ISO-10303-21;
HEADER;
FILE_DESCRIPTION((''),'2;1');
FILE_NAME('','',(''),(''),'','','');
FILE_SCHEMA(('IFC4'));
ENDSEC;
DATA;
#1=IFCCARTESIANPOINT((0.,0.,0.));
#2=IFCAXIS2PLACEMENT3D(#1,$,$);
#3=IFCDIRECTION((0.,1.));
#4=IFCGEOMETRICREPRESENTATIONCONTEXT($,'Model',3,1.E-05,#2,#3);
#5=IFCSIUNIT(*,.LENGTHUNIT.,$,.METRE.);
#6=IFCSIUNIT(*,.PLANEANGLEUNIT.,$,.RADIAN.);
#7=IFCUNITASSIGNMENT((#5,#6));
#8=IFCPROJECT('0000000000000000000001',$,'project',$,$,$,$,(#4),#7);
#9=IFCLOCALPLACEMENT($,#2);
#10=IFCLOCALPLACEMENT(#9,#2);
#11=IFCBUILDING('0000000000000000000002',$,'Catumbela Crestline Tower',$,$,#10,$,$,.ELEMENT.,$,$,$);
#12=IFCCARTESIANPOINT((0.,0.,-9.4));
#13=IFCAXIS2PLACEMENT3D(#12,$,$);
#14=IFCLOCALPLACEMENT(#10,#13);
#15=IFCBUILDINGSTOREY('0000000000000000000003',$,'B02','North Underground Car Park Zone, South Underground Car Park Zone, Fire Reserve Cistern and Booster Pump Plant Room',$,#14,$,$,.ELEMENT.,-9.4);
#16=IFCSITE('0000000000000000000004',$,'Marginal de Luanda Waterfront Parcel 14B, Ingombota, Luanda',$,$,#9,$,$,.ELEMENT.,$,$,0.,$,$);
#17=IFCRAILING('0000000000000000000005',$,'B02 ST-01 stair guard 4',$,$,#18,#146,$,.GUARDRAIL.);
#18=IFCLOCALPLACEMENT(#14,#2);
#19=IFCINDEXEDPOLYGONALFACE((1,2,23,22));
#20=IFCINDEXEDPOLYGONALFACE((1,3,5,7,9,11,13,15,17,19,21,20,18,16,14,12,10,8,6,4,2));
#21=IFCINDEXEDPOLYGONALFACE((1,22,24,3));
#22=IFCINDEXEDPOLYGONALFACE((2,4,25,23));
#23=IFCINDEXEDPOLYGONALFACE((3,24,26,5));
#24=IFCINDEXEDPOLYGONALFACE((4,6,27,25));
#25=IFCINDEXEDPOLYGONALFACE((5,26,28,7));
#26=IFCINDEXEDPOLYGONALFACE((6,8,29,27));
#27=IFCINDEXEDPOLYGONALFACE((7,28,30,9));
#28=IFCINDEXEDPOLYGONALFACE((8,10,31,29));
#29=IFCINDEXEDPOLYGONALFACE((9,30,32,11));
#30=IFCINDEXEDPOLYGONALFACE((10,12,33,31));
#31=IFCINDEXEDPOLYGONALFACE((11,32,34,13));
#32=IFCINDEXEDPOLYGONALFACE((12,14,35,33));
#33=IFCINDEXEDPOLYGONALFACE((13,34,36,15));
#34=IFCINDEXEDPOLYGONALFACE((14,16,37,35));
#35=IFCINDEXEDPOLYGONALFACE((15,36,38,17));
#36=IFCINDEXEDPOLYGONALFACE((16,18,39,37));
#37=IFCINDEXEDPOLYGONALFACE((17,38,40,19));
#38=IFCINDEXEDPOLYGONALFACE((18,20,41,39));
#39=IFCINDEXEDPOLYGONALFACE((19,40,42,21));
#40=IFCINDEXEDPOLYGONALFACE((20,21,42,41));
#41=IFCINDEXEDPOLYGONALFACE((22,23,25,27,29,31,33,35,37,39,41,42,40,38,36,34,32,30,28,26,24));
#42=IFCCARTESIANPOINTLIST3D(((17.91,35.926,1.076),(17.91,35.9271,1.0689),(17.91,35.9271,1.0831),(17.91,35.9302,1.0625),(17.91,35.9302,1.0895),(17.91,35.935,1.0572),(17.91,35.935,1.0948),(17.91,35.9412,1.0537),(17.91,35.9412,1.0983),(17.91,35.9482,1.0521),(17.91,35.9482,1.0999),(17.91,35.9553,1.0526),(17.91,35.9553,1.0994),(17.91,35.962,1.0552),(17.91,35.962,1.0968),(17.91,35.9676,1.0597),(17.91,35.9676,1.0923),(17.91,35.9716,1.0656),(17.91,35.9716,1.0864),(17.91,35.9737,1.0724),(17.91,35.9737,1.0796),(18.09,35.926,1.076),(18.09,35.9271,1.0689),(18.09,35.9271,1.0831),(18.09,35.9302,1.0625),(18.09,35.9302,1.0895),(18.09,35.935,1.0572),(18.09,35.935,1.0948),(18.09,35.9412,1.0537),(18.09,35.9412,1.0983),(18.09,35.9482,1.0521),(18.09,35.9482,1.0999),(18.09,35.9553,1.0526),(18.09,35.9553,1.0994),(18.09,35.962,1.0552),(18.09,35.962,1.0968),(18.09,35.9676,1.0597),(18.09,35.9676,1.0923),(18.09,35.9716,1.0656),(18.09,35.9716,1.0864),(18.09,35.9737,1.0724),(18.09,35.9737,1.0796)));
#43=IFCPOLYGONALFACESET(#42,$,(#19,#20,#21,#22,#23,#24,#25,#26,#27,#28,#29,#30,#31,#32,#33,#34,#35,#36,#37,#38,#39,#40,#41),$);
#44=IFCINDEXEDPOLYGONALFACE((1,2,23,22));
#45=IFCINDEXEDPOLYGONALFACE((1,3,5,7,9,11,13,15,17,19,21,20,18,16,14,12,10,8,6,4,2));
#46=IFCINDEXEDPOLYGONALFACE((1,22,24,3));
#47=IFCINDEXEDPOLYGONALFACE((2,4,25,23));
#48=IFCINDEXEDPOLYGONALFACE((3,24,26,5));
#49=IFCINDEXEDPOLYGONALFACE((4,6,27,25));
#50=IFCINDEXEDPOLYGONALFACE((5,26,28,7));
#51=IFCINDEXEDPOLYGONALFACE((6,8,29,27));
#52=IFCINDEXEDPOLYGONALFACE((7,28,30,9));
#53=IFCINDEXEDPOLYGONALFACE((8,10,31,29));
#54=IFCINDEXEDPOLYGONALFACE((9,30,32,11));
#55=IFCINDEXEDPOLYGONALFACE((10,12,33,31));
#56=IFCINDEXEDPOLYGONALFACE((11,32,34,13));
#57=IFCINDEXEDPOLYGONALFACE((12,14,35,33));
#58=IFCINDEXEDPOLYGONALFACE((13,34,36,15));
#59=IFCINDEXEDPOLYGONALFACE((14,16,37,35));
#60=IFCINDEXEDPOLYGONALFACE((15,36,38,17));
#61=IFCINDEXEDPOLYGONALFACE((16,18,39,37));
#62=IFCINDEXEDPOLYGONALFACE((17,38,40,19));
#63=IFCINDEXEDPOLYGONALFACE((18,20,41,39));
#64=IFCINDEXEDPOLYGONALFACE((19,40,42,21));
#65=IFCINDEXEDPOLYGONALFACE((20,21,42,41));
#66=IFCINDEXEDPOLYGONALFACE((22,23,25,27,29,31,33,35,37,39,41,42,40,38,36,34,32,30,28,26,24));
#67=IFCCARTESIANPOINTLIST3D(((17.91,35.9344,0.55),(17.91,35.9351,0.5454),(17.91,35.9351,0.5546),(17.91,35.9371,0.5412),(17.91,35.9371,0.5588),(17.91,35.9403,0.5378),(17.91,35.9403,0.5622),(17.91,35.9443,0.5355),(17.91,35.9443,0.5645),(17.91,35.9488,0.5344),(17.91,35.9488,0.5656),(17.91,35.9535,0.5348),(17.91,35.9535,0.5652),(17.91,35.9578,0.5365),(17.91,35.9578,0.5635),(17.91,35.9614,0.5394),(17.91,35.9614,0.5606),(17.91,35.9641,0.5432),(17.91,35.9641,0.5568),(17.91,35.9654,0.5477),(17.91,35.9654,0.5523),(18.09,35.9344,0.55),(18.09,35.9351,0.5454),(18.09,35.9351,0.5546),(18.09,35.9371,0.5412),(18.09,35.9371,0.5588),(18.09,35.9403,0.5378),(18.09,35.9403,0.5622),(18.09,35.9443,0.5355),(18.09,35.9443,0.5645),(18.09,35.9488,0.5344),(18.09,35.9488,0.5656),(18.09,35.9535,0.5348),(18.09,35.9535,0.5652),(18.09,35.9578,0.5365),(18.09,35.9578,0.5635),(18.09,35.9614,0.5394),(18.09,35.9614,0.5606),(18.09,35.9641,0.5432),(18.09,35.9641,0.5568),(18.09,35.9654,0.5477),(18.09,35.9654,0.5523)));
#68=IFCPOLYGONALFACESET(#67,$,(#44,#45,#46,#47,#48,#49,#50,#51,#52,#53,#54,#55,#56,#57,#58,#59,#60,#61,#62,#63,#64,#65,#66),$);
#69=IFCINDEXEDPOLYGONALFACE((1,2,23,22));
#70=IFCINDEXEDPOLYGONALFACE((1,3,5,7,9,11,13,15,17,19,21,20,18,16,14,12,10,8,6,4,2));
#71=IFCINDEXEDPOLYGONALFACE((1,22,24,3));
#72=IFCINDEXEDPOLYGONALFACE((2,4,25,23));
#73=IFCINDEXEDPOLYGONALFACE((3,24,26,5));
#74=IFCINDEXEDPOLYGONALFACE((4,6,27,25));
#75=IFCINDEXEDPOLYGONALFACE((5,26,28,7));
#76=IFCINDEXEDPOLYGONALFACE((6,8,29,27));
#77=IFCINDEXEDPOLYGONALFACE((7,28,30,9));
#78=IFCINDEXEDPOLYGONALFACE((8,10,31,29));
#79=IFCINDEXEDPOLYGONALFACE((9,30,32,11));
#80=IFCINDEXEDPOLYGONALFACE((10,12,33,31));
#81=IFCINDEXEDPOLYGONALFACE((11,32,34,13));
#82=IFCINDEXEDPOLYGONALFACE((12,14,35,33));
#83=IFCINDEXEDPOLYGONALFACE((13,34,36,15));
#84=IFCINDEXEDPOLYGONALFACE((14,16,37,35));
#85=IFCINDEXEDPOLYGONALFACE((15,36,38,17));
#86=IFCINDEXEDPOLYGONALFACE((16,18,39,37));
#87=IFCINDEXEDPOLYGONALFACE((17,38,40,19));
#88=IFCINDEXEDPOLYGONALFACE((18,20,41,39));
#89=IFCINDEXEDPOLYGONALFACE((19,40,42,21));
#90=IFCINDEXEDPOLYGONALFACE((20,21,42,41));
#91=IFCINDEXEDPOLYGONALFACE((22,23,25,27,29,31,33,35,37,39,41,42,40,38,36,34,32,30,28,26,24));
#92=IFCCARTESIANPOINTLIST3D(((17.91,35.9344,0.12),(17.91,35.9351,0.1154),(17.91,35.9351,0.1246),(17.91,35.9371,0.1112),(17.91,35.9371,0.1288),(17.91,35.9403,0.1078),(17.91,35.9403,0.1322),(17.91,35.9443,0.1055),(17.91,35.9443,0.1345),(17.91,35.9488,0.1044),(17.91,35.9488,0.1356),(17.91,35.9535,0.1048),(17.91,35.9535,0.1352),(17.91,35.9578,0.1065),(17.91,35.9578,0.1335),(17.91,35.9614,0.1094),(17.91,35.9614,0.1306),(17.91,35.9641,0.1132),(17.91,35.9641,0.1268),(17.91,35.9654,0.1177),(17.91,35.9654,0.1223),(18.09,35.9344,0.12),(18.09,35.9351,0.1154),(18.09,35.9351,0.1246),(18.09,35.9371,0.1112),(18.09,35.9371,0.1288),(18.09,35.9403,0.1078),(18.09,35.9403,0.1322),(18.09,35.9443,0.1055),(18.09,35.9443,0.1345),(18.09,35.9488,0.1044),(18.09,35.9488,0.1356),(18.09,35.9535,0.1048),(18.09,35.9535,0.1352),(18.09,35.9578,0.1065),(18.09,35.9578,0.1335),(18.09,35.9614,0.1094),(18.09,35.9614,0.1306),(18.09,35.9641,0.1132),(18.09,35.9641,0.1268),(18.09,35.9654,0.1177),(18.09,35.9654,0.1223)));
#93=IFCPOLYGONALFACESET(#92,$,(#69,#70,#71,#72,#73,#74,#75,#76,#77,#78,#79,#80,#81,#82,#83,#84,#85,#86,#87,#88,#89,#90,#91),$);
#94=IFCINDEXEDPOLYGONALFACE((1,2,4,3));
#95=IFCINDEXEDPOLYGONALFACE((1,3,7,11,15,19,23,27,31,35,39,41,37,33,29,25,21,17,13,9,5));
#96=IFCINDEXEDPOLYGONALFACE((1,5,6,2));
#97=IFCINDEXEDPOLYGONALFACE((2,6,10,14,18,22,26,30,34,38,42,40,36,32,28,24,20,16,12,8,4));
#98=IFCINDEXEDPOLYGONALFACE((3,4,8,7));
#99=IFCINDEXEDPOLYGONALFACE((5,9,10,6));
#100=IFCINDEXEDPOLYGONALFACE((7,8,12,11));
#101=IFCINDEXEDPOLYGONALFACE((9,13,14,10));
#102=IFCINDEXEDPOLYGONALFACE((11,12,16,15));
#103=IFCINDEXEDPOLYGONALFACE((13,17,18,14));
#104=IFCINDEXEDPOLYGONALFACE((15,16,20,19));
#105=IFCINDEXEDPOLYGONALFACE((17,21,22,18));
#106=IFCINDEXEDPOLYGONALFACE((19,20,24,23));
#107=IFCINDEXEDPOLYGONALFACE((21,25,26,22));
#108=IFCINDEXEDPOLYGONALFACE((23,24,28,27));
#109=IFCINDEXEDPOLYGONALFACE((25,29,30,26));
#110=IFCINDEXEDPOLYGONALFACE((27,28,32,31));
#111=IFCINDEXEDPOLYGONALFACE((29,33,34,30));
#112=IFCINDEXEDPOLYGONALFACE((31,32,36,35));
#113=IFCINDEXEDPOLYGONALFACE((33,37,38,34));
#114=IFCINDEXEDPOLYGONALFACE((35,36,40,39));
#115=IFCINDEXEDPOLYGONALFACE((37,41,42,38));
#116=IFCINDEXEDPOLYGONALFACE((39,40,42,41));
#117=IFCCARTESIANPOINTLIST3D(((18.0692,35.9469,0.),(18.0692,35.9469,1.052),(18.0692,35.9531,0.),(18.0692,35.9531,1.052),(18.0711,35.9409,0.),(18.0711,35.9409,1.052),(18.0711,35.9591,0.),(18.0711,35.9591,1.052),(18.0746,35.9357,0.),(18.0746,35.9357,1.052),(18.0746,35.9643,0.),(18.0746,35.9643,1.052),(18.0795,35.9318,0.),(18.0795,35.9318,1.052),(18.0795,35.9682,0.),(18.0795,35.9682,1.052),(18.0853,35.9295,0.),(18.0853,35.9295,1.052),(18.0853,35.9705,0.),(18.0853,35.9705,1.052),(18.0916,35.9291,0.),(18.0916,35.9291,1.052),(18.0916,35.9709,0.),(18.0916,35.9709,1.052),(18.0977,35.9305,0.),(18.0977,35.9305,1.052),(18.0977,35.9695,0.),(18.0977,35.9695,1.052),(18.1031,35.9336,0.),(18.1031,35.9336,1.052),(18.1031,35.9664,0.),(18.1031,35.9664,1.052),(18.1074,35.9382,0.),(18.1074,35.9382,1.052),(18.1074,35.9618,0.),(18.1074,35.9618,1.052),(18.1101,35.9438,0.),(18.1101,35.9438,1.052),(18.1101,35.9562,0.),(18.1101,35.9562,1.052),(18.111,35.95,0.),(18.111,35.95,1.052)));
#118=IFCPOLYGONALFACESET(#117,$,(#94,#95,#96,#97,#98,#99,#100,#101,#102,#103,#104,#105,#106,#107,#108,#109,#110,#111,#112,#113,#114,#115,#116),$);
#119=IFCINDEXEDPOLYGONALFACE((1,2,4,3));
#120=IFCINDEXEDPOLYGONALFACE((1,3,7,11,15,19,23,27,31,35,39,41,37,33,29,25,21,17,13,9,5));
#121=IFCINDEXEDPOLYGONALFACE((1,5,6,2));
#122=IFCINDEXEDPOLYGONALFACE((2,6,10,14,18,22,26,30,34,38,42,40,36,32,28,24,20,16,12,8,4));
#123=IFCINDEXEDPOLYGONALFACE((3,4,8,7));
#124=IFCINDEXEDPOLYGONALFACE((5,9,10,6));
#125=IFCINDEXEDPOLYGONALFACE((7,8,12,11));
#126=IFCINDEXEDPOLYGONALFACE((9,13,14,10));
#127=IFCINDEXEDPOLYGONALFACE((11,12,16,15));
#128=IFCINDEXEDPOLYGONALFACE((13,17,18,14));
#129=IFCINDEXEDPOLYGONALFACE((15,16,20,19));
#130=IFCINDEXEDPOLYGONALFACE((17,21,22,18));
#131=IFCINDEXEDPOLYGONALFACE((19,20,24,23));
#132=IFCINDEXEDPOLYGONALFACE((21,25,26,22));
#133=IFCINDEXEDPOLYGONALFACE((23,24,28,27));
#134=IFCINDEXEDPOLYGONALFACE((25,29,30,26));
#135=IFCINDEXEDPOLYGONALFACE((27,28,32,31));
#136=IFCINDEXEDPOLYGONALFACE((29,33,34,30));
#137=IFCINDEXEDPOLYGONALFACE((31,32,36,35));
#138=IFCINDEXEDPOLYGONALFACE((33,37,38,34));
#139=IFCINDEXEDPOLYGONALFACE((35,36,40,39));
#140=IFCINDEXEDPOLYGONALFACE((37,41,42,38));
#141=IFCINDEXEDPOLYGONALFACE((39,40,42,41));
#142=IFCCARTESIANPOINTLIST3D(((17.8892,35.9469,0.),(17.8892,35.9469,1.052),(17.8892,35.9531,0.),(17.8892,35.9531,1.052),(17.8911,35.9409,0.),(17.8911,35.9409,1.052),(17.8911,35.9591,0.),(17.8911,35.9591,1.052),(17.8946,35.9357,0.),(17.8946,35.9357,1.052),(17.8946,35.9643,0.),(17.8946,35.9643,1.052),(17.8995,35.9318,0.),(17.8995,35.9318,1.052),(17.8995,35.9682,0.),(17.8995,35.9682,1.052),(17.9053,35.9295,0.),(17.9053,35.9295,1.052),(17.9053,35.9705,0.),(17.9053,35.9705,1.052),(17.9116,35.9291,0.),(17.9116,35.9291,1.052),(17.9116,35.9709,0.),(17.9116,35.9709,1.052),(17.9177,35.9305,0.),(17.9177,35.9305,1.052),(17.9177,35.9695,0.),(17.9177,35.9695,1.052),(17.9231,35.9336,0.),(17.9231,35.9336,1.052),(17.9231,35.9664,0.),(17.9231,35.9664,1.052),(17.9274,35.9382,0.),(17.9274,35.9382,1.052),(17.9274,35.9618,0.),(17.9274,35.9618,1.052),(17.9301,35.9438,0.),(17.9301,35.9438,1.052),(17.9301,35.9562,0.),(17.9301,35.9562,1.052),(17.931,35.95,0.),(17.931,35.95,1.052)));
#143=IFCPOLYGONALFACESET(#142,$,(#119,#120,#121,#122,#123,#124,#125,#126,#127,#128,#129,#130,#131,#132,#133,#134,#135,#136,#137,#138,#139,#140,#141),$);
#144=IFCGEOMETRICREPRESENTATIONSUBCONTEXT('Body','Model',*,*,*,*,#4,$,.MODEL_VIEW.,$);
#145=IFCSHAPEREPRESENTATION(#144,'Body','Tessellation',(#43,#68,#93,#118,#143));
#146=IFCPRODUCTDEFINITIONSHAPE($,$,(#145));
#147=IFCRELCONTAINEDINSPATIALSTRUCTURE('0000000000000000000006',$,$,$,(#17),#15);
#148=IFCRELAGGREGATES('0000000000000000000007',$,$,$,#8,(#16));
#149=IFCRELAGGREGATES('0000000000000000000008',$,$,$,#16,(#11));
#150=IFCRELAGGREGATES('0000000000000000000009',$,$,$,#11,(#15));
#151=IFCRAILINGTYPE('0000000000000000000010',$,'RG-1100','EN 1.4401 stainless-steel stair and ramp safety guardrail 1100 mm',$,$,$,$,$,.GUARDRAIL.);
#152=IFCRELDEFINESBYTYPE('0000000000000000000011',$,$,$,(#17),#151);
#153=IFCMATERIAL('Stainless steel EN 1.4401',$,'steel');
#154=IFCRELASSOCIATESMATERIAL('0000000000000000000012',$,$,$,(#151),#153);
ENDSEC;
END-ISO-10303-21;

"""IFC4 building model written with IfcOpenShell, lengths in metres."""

from ifc_helpers import new_model, si_unit, direction, frame, origin, origin_2d, place, context, subcontext, project, spatial, circle, extrude, material, type_object, element, save


model = new_model("IFC4")

# Units and contexts
model_context = context("Model", 3, precision=1e-05, world=origin(), true_north=direction((0.0, 1.0)))
body_context = subcontext(model_context, "Body", "Model", "MODEL_VIEW")
ifc_project = project(units=[si_unit("LENGTHUNIT", "METRE"), si_unit("PLANEANGLEUNIT", "RADIAN")], contexts=[model_context])

# Site, building, storey
site_placement = place(None, origin())
site = spatial("IfcSite", under=ifc_project, at=site_placement, Name="Marginal de Luanda Waterfront Parcel 14B, Ingombota, Luanda", CompositionType="ELEMENT", RefElevation=0.0)
building_placement = place(site_placement, origin())
building = spatial("IfcBuilding", under=site, at=building_placement, Name="Catumbela Crestline Tower", CompositionType="ELEMENT")
storey_placement = place(building_placement, frame((0.0, 0.0, -9.4)))
storey = spatial("IfcBuildingStorey", under=building, at=storey_placement, Name="B02", Description="North Underground Car Park Zone, South Underground Car Park Zone, Fire Reserve Cistern and Booster Pump Plant Room", CompositionType="ELEMENT", Elevation=-9.4)

# Shared definitions
ifc_material_1 = material(Name="Stainless steel EN 1.4401", Category="steel")

# Railing
railing_type = type_object("IfcRailingType", Name="RG-1100", Description="EN 1.4401 stainless-steel stair and ramp safety guardrail 1100 mm", PredefinedType="GUARDRAIL", material=ifc_material_1)
railing_1_placement = place(storey_placement, frame((18.09, 35.95, 0.0)))
element("IfcRailing", 1, at=railing_1_placement, inside=storey, type_object=railing_type, Name="B02 ST-01 stair guard 4", PredefinedType="GUARDRAIL", context=body_context, shape_type="SweptSolid", body=[
    extrude(circle(Radius=0.024, at=origin_2d()), frame((0.0, 0.0, 1.076), z_axis=(-1.0, 0.0, 0.0), x_axis=(0.0, -1.0, 0.0)), (0.0, 0.0, 1.0), 0.18),
    extrude(circle(Radius=0.0156, at=origin_2d()), frame((0.0, 0.0, 0.55), z_axis=(-1.0, 0.0, 0.0), x_axis=(0.0, -1.0, 0.0)), (0.0, 0.0, 1.0), 0.18),
    extrude(circle(Radius=0.0156, at=origin_2d()), frame((0.0, 0.0, 0.12), z_axis=(-1.0, 0.0, 0.0), x_axis=(0.0, -1.0, 0.0)), (0.0, 0.0, 1.0), 0.18),
    extrude(circle(Radius=0.021, at=origin_2d()), origin(), (0.0, 0.0, 1.0), 1.052),
    extrude(circle(Radius=0.021, at=origin_2d()), frame((-0.18, 0.0, 0.0)), (0.0, 0.0, 1.0), 1.052),
])

save(model, "model.ifc")
